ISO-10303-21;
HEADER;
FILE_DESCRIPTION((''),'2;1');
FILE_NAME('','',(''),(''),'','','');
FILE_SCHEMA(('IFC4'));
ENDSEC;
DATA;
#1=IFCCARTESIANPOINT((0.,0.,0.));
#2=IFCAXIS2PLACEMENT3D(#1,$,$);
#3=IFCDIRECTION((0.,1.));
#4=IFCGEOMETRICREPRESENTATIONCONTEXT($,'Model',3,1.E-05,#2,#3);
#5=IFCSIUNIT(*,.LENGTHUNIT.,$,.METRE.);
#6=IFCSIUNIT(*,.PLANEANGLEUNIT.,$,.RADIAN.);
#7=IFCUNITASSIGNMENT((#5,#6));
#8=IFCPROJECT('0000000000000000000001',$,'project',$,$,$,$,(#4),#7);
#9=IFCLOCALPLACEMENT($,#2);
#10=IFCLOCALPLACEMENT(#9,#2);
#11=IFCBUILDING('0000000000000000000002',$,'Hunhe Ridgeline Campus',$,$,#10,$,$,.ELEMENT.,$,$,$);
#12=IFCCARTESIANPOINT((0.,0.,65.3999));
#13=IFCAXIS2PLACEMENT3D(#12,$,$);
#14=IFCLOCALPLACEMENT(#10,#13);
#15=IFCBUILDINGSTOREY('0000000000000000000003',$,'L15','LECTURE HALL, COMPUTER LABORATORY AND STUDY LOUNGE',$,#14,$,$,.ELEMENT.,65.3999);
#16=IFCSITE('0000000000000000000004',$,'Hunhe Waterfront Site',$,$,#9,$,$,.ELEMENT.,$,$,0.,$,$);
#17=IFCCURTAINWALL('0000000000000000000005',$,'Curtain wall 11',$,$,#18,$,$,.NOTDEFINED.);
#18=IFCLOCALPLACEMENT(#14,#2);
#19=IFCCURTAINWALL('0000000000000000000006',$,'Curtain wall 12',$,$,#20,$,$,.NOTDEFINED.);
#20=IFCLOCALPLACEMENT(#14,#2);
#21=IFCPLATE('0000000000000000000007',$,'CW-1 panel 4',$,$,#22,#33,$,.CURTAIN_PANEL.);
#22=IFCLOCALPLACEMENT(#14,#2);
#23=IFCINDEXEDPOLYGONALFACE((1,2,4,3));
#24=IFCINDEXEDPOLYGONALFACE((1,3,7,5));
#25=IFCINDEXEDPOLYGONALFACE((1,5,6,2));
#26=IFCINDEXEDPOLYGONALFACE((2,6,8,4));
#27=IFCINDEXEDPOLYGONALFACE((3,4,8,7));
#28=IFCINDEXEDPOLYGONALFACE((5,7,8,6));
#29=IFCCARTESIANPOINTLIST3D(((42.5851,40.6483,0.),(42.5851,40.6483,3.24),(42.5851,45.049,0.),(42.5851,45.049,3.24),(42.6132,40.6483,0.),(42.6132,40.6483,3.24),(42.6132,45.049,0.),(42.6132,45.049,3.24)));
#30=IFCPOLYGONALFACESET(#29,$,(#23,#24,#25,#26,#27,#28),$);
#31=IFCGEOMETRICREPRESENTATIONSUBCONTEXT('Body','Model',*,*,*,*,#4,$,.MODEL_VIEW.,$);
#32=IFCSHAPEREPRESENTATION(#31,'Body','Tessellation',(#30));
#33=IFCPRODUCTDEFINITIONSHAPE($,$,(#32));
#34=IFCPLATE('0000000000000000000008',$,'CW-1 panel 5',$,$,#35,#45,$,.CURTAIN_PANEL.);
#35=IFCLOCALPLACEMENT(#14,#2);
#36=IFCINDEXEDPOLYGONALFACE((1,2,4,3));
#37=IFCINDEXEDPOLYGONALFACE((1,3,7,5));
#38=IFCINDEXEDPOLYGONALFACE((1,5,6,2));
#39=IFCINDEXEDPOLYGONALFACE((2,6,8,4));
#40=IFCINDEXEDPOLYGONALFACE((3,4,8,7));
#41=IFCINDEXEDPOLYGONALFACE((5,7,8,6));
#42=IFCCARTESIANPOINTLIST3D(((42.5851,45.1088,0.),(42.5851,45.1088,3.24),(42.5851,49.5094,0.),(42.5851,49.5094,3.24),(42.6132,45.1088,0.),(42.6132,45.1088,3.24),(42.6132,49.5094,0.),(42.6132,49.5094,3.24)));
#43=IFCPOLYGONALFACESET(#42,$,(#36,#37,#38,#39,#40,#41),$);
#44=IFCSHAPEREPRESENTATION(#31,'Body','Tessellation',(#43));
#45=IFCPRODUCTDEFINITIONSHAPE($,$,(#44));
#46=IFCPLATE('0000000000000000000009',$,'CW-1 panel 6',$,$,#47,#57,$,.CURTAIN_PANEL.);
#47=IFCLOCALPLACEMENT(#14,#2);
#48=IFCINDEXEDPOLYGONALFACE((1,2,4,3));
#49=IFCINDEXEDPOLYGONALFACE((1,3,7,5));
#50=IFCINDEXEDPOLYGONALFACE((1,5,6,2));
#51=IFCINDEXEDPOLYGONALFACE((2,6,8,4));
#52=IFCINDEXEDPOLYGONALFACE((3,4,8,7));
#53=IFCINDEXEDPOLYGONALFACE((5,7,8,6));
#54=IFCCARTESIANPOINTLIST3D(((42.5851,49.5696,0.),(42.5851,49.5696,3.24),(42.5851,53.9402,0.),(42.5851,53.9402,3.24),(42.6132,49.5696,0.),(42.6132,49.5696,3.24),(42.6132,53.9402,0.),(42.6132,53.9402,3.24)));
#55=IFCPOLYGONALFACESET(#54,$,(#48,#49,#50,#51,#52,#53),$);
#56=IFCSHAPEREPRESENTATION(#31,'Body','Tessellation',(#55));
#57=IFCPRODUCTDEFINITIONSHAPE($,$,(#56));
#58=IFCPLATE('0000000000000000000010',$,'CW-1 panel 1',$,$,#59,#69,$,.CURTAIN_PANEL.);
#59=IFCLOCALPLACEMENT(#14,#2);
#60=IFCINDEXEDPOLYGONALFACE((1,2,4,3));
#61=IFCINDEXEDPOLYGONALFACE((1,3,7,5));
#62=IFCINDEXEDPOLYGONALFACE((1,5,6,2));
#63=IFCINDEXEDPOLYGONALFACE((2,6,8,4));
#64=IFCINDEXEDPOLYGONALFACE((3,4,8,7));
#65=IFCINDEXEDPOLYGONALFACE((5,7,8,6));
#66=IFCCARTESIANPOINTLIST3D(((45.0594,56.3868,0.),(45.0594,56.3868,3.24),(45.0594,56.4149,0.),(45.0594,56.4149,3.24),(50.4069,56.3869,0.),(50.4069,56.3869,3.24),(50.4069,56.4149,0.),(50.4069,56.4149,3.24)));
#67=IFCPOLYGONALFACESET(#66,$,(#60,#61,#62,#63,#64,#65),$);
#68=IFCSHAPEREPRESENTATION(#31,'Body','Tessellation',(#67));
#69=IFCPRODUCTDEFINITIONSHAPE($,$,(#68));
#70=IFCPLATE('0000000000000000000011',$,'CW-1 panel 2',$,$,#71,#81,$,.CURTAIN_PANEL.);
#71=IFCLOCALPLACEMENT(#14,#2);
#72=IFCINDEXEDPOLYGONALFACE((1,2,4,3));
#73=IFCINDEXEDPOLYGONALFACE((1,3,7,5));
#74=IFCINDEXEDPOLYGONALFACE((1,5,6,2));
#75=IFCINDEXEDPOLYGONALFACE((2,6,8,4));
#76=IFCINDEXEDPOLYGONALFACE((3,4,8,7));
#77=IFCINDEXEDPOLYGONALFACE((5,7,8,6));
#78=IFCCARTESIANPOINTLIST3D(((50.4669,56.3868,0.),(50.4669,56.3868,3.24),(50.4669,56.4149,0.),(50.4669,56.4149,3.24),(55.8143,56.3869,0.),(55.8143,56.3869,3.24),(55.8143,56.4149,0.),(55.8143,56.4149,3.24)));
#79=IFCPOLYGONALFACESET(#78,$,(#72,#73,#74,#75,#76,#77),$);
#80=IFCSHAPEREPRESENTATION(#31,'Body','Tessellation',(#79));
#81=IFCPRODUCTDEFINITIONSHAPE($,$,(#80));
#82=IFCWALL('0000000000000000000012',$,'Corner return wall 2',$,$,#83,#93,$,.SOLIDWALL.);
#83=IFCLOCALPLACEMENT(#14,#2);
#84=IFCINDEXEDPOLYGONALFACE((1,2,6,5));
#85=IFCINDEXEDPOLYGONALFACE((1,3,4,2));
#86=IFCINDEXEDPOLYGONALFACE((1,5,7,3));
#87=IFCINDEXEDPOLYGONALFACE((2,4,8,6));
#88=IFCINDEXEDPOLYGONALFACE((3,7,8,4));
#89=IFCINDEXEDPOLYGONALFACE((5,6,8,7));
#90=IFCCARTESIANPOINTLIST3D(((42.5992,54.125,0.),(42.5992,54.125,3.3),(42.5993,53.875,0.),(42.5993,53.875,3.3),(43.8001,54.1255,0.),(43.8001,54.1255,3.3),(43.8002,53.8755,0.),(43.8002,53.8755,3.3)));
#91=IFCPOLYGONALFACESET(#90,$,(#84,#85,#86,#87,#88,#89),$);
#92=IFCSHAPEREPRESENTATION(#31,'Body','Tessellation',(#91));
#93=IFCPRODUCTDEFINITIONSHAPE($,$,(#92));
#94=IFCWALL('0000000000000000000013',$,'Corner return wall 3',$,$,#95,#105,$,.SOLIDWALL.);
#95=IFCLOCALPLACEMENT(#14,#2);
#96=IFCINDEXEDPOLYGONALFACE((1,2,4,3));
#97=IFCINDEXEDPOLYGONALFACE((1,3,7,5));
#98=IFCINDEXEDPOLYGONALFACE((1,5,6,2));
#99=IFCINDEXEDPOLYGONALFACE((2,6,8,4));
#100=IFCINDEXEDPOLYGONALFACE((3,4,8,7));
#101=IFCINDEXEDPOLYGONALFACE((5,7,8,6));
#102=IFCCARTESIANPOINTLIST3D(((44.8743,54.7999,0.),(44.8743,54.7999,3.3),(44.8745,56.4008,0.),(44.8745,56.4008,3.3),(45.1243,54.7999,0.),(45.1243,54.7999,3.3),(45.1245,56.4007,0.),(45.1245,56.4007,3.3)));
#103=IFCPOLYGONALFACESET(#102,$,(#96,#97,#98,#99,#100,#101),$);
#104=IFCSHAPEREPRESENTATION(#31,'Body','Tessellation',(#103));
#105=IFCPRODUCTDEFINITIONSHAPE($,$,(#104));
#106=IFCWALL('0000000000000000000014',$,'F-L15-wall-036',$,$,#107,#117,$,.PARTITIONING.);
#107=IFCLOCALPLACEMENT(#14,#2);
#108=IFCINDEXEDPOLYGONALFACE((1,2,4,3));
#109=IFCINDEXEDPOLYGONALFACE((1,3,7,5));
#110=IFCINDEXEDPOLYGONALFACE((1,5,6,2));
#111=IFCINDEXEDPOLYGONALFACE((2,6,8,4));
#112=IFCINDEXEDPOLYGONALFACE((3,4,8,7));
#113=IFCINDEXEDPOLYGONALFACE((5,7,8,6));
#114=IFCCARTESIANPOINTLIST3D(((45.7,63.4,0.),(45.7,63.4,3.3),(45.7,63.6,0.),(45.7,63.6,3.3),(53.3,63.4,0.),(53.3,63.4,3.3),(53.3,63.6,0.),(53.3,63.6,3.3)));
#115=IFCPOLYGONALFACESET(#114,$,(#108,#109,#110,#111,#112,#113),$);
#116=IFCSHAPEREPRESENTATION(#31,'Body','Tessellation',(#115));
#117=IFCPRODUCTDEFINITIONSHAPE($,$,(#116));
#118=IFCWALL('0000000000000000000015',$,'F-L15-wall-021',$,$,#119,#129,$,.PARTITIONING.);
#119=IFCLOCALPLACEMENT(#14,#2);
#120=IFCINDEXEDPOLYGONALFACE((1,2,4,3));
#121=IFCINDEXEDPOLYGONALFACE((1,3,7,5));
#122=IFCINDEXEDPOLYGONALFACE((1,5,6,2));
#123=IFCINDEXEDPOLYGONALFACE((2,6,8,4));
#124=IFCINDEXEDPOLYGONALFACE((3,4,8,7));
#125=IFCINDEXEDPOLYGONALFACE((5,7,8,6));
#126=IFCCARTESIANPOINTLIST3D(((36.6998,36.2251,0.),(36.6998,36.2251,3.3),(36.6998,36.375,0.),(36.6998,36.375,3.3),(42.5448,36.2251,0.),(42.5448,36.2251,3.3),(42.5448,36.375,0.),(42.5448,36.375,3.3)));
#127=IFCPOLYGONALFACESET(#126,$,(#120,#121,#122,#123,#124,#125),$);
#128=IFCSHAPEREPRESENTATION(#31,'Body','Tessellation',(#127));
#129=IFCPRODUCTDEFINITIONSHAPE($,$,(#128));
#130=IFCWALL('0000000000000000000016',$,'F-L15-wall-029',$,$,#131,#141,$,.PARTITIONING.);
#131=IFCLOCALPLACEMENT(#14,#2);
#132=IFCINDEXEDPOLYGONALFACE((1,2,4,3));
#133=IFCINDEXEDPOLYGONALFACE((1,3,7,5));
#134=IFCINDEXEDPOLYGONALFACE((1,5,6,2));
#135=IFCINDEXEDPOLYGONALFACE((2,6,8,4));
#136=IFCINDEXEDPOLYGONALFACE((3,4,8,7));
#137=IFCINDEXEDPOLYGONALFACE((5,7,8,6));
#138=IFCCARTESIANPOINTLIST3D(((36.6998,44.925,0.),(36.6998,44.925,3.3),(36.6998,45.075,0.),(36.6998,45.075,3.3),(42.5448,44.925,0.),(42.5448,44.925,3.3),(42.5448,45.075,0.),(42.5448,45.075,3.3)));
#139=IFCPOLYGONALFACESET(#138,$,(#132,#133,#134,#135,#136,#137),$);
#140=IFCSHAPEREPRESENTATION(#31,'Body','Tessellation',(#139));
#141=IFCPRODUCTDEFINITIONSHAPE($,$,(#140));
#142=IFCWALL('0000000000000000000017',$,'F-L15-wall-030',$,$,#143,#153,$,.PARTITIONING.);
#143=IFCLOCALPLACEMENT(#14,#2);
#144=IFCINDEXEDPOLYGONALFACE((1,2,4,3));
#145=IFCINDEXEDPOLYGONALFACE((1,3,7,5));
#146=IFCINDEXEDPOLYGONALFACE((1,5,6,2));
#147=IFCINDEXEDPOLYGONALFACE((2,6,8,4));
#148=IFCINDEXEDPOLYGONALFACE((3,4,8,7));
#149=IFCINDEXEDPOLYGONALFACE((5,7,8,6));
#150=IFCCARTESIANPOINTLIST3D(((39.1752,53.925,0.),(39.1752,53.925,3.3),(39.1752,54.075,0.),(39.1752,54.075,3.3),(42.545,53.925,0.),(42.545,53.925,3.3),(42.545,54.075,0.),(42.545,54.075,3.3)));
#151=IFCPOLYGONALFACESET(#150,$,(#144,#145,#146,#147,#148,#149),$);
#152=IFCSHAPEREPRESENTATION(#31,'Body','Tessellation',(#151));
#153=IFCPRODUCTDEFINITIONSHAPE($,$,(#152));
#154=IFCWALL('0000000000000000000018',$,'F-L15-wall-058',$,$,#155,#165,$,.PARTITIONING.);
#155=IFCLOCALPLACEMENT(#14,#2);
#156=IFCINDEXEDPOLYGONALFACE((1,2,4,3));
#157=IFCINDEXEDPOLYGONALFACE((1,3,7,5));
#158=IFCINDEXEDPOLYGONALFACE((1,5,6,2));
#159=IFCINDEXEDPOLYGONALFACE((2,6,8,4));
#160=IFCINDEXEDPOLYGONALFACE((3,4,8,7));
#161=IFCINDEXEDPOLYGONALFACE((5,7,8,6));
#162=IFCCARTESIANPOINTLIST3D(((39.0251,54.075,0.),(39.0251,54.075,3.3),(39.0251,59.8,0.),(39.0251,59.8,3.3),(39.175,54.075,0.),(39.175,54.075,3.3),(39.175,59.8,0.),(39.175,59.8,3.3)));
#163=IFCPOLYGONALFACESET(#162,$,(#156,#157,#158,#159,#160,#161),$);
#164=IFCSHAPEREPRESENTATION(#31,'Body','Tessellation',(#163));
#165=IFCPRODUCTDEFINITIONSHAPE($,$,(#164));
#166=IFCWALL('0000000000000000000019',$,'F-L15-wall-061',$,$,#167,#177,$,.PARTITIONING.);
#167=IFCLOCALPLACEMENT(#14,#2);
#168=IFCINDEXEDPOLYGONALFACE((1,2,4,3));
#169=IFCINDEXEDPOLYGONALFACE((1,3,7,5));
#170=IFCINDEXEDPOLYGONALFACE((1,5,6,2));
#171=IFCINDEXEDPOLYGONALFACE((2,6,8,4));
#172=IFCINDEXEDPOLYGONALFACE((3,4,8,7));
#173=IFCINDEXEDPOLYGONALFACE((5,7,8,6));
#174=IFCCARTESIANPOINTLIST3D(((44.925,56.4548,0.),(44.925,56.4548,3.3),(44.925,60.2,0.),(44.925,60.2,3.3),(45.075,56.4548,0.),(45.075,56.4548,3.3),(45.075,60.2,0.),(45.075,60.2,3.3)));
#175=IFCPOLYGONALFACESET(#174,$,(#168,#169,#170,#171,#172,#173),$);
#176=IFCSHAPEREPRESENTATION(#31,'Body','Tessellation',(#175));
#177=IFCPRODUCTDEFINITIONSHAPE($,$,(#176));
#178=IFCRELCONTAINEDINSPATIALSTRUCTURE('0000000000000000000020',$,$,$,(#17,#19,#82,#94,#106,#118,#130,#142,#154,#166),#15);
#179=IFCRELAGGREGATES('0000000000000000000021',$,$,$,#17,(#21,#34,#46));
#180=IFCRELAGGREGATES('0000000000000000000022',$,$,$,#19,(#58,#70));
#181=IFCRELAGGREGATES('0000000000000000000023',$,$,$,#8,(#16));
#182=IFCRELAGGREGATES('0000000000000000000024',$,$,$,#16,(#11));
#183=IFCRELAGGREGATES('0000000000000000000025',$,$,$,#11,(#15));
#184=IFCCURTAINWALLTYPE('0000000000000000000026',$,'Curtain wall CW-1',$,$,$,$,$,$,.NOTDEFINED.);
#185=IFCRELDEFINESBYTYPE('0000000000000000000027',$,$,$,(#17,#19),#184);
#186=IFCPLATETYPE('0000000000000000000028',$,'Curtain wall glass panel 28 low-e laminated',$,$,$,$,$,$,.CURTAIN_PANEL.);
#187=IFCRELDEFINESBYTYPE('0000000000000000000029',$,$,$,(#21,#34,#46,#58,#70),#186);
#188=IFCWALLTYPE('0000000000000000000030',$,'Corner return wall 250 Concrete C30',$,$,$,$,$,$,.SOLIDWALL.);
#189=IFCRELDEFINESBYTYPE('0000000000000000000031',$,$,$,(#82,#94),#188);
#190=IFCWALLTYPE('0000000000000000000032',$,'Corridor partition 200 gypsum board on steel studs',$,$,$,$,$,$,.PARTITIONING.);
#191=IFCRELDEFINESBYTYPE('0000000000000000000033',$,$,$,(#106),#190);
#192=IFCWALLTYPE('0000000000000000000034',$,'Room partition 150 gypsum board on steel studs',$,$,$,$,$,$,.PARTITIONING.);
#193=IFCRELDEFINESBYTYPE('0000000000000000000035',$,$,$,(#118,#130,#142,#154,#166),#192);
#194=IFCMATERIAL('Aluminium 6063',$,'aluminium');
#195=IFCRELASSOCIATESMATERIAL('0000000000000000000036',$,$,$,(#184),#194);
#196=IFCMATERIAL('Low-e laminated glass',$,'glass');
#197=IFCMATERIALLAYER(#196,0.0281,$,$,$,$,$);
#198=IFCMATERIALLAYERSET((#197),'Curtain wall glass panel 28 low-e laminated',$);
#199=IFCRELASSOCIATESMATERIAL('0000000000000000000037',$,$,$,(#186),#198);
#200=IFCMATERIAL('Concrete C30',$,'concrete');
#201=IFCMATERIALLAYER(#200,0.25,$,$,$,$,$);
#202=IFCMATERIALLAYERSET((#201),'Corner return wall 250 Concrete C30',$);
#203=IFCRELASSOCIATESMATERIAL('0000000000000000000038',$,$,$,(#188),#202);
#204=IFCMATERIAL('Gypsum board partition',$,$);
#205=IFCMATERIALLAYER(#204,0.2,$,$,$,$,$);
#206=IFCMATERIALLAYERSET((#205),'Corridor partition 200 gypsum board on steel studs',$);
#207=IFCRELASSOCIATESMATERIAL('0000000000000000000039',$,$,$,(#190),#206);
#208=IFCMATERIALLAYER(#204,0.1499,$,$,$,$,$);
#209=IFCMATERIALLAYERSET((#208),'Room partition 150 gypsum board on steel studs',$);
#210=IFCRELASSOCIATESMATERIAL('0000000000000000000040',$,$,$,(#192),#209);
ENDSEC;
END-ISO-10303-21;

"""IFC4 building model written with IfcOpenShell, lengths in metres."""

from ifc_helpers import new_model, si_unit, direction, frame, frame_2d, origin, origin_2d, place, context, subcontext, project, spatial, rectangle, extrude, material, layer, layer_set, type_object, element, aggregate, save


model = new_model("IFC4")

# Units and contexts
model_context = context("Model", 3, precision=1e-05, world=origin(), true_north=direction((0.0, 1.0)))
body_context = subcontext(model_context, "Body", "Model", "MODEL_VIEW")
ifc_project = project(units=[si_unit("LENGTHUNIT", "METRE"), si_unit("PLANEANGLEUNIT", "RADIAN")], contexts=[model_context])

# Site, building, storey
site_placement = place(None, origin())
site = spatial("IfcSite", under=ifc_project, at=site_placement, Name="Hunhe Waterfront Site", CompositionType="ELEMENT", RefElevation=0.0)
building_placement = place(site_placement, origin())
building = spatial("IfcBuilding", under=site, at=building_placement, Name="Hunhe Ridgeline Campus", CompositionType="ELEMENT")
storey_placement = place(building_placement, frame((0.0, 0.0, 65.3999)))
storey = spatial("IfcBuildingStorey", under=building, at=storey_placement, Name="L15", Description="LECTURE HALL, COMPUTER LABORATORY AND STUDY LOUNGE", CompositionType="ELEMENT", Elevation=65.3999)

# Curtain walls
ifc_material_1 = material(Name="Aluminium 6063", Category="aluminium")
curtain_wall_type = type_object("IfcCurtainWallType", Name="Curtain wall CW-1", PredefinedType="NOTDEFINED", material=ifc_material_1)
curtain_wall_1_placement = place(storey_placement, origin())
curtain_wall_1 = element("IfcCurtainWall", 1, at=curtain_wall_1_placement, inside=storey, type_object=curtain_wall_type, Name="Curtain wall 11", PredefinedType="NOTDEFINED")
curtain_wall_2_placement = place(storey_placement, origin())
curtain_wall_2 = element("IfcCurtainWall", 2, at=curtain_wall_2_placement, inside=storey, type_object=curtain_wall_type, Name="Curtain wall 12", PredefinedType="NOTDEFINED")

# Plates
ifc_material_2 = material(Name="Low-e laminated glass", Category="glass")
ifc_layer_1 = layer(ifc_material_2, 0.0281)
ifc_layer_set_1 = layer_set([ifc_layer_1], Name="Curtain wall glass panel 28 low-e laminated")
plate_type = type_object("IfcPlateType", Name="Curtain wall glass panel 28 low-e laminated", PredefinedType="CURTAIN_PANEL", material=ifc_layer_set_1)
plate_1_placement = place(storey_placement, frame((42.5991, 42.8486, 0.0), z_axis=(0.0, 0.0, 1.0), x_axis=(0.0, 1.0, 0.0)))
plate_1 = element("IfcPlate", 3, at=plate_1_placement, type_object=plate_type, Name="CW-1 panel 4", PredefinedType="CURTAIN_PANEL", context=body_context, shape_type="SweptSolid", body=[
    extrude(rectangle(XDim=4.4006, YDim=0.0281, at=origin_2d()), origin(), (0.0, 0.0, 1.0), 3.24),
])
plate_2_placement = place(storey_placement, frame((42.5991, 47.3091, 0.0), z_axis=(0.0, 0.0, 1.0), x_axis=(0.0, 1.0, 0.0)))
plate_2 = element("IfcPlate", 4, at=plate_2_placement, type_object=plate_type, Name="CW-1 panel 5", PredefinedType="CURTAIN_PANEL", context=body_context, shape_type="SweptSolid", body=[
    extrude(rectangle(XDim=4.4006, YDim=0.0281, at=origin_2d()), origin(), (0.0, 0.0, 1.0), 3.24),
])
plate_3_placement = place(storey_placement, frame((42.5991, 51.7549, 0.0), z_axis=(0.0, 0.0, 1.0), x_axis=(0.0, 1.0, 0.0)))
plate_3 = element("IfcPlate", 5, at=plate_3_placement, type_object=plate_type, Name="CW-1 panel 6", PredefinedType="CURTAIN_PANEL", context=body_context, shape_type="SweptSolid", body=[
    extrude(rectangle(XDim=4.3706, YDim=0.0281, at=origin_2d()), origin(), (0.0, 0.0, 1.0), 3.24),
])
aggregate(curtain_wall_1, [plate_1, plate_2, plate_3])
plate_4_placement = place(storey_placement, frame((47.7332, 56.4009, 0.0), z_axis=(0.0, 0.0, 1.0), x_axis=(1.0, 0.000004, 0.0)))
plate_4 = element("IfcPlate", 6, at=plate_4_placement, type_object=plate_type, Name="CW-1 panel 1", PredefinedType="CURTAIN_PANEL", context=body_context, shape_type="SweptSolid", body=[
    extrude(rectangle(XDim=5.3474, YDim=0.0281, at=origin_2d()), origin(), (0.0, 0.0, 1.0), 3.24),
])
plate_5_placement = place(storey_placement, frame((53.1406, 56.4009, 0.0), z_axis=(0.0, 0.0, 1.0), x_axis=(1.0, 0.000004, 0.0)))
plate_5 = element("IfcPlate", 7, at=plate_5_placement, type_object=plate_type, Name="CW-1 panel 2", PredefinedType="CURTAIN_PANEL", context=body_context, shape_type="SweptSolid", body=[
    extrude(rectangle(XDim=5.3474, YDim=0.0281, at=origin_2d()), origin(), (0.0, 0.0, 1.0), 3.24),
])
aggregate(curtain_wall_2, [plate_4, plate_5])

# Walls
ifc_material_3 = material(Name="Concrete C30", Category="concrete")
ifc_layer_2 = layer(ifc_material_3, 0.25)
ifc_layer_set_2 = layer_set([ifc_layer_2], Name="Corner return wall 250 Concrete C30")
wall_type_1 = type_object("IfcWallType", Name="Corner return wall 250 Concrete C30", PredefinedType="SOLIDWALL", material=ifc_layer_set_2)
wall_1_placement = place(storey_placement, frame((42.5991, 54.0, 0.0), z_axis=(0.0, 0.0, 1.0), x_axis=(1.0, 0.000407, 0.0)))
element("IfcWall", 8, at=wall_1_placement, inside=storey, type_object=wall_type_1, Name="Corner return wall 2", PredefinedType="SOLIDWALL", context=body_context, shape_type="SweptSolid", body=[
    extrude(rectangle(XDim=1.2009, YDim=0.25, at=frame_2d((0.6006, 0.0))), origin(), (0.0, 0.0, 1.0), 3.3),
])
wall_2_placement = place(storey_placement, frame((44.9993, 54.8, 0.0), z_axis=(0.0, 0.0, 1.0), x_axis=(0.000153, 1.0, 0.0)))
element("IfcWall", 9, at=wall_2_placement, inside=storey, type_object=wall_type_1, Name="Corner return wall 3", PredefinedType="SOLIDWALL", context=body_context, shape_type="SweptSolid", body=[
    extrude(rectangle(XDim=1.6008, YDim=0.25, at=frame_2d((0.8003, 0.0))), origin(), (0.0, 0.0, 1.0), 3.3),
])

# Shared definitions
ifc_material_4 = material(Name="Gypsum board partition")
ifc_layer_3 = layer(ifc_material_4, 0.2)
ifc_layer_set_3 = layer_set([ifc_layer_3], Name="Corridor partition 200 gypsum board on steel studs")
wall_type_2 = type_object("IfcWallType", Name="Corridor partition 200 gypsum board on steel studs", PredefinedType="PARTITIONING", material=ifc_layer_set_3)

# Walls
wall_3_placement = place(storey_placement, frame((45.7, 63.5, 0.0), z_axis=(0.0, 0.0, 1.0), x_axis=(1.0, 0.0, 0.0)))
element("IfcWall", 10, at=wall_3_placement, inside=storey, type_object=wall_type_2, Name="F-L15-wall-036", PredefinedType="PARTITIONING", context=body_context, shape_type="SweptSolid", body=[
    extrude(rectangle(XDim=7.6001, YDim=0.2, at=frame_2d((3.8, 0.0))), origin(), (0.0, 0.0, 1.0), 3.3),
])
ifc_layer_4 = layer(ifc_material_4, 0.1499)
ifc_layer_set_4 = layer_set([ifc_layer_4], Name="Room partition 150 gypsum board on steel studs")
wall_type_3 = type_object("IfcWallType", Name="Room partition 150 gypsum board on steel studs", PredefinedType="PARTITIONING", material=ifc_layer_set_4)
for number, where, z_axis, x_axis, name in (
    (11, (36.7, 36.3, 0.0), (0.0, 0.0, 1.0), (1.0, 0.0, 0.0), "F-L15-wall-021"),
    (12, (36.7, 45.0, 0.0), (0.0, 0.0, 1.0), (1.0, 0.0, 0.0), "F-L15-wall-029"),
):
    element("IfcWall", number, at=place(storey_placement, frame(where, z_axis=z_axis, x_axis=x_axis)), inside=storey, type_object=wall_type_3, Name=name, PredefinedType="PARTITIONING", context=body_context, shape_type="SweptSolid", body=[
        extrude(rectangle(XDim=5.845, YDim=0.1499, at=frame_2d((2.9224, 0.0))), origin(), (0.0, 0.0, 1.0), 3.3),
    ])
wall_4_placement = place(storey_placement, frame((39.175, 54.0, 0.0), z_axis=(0.0, 0.0, 1.0), x_axis=(1.0, 0.0, 0.0)))
element("IfcWall", 13, at=wall_4_placement, inside=storey, type_object=wall_type_3, Name="F-L15-wall-030", PredefinedType="PARTITIONING", context=body_context, shape_type="SweptSolid", body=[
    extrude(rectangle(XDim=3.3699, YDim=0.1499, at=frame_2d((1.6851, 0.0))), origin(), (0.0, 0.0, 1.0), 3.3),
])
wall_5_placement = place(storey_placement, frame((39.1001, 59.8, 0.0), z_axis=(0.0, 0.0, 1.0), x_axis=(0.0, -1.0, 0.0)))
element("IfcWall", 14, at=wall_5_placement, inside=storey, type_object=wall_type_3, Name="F-L15-wall-058", PredefinedType="PARTITIONING", context=body_context, shape_type="SweptSolid", body=[
    extrude(rectangle(XDim=5.7251, YDim=0.1499, at=frame_2d((2.8625, 0.0))), origin(), (0.0, 0.0, 1.0), 3.3),
])
wall_6_placement = place(storey_placement, frame((45.0, 60.2, 0.0), z_axis=(0.0, 0.0, 1.0), x_axis=(0.0, -1.0, 0.0)))
element("IfcWall", 15, at=wall_6_placement, inside=storey, type_object=wall_type_3, Name="F-L15-wall-061", PredefinedType="PARTITIONING", context=body_context, shape_type="SweptSolid", body=[
    extrude(rectangle(XDim=3.7451, YDim=0.1499, at=frame_2d((1.8726, 0.0))), origin(), (0.0, 0.0, 1.0), 3.3),
])

save(model, "model.ifc")
